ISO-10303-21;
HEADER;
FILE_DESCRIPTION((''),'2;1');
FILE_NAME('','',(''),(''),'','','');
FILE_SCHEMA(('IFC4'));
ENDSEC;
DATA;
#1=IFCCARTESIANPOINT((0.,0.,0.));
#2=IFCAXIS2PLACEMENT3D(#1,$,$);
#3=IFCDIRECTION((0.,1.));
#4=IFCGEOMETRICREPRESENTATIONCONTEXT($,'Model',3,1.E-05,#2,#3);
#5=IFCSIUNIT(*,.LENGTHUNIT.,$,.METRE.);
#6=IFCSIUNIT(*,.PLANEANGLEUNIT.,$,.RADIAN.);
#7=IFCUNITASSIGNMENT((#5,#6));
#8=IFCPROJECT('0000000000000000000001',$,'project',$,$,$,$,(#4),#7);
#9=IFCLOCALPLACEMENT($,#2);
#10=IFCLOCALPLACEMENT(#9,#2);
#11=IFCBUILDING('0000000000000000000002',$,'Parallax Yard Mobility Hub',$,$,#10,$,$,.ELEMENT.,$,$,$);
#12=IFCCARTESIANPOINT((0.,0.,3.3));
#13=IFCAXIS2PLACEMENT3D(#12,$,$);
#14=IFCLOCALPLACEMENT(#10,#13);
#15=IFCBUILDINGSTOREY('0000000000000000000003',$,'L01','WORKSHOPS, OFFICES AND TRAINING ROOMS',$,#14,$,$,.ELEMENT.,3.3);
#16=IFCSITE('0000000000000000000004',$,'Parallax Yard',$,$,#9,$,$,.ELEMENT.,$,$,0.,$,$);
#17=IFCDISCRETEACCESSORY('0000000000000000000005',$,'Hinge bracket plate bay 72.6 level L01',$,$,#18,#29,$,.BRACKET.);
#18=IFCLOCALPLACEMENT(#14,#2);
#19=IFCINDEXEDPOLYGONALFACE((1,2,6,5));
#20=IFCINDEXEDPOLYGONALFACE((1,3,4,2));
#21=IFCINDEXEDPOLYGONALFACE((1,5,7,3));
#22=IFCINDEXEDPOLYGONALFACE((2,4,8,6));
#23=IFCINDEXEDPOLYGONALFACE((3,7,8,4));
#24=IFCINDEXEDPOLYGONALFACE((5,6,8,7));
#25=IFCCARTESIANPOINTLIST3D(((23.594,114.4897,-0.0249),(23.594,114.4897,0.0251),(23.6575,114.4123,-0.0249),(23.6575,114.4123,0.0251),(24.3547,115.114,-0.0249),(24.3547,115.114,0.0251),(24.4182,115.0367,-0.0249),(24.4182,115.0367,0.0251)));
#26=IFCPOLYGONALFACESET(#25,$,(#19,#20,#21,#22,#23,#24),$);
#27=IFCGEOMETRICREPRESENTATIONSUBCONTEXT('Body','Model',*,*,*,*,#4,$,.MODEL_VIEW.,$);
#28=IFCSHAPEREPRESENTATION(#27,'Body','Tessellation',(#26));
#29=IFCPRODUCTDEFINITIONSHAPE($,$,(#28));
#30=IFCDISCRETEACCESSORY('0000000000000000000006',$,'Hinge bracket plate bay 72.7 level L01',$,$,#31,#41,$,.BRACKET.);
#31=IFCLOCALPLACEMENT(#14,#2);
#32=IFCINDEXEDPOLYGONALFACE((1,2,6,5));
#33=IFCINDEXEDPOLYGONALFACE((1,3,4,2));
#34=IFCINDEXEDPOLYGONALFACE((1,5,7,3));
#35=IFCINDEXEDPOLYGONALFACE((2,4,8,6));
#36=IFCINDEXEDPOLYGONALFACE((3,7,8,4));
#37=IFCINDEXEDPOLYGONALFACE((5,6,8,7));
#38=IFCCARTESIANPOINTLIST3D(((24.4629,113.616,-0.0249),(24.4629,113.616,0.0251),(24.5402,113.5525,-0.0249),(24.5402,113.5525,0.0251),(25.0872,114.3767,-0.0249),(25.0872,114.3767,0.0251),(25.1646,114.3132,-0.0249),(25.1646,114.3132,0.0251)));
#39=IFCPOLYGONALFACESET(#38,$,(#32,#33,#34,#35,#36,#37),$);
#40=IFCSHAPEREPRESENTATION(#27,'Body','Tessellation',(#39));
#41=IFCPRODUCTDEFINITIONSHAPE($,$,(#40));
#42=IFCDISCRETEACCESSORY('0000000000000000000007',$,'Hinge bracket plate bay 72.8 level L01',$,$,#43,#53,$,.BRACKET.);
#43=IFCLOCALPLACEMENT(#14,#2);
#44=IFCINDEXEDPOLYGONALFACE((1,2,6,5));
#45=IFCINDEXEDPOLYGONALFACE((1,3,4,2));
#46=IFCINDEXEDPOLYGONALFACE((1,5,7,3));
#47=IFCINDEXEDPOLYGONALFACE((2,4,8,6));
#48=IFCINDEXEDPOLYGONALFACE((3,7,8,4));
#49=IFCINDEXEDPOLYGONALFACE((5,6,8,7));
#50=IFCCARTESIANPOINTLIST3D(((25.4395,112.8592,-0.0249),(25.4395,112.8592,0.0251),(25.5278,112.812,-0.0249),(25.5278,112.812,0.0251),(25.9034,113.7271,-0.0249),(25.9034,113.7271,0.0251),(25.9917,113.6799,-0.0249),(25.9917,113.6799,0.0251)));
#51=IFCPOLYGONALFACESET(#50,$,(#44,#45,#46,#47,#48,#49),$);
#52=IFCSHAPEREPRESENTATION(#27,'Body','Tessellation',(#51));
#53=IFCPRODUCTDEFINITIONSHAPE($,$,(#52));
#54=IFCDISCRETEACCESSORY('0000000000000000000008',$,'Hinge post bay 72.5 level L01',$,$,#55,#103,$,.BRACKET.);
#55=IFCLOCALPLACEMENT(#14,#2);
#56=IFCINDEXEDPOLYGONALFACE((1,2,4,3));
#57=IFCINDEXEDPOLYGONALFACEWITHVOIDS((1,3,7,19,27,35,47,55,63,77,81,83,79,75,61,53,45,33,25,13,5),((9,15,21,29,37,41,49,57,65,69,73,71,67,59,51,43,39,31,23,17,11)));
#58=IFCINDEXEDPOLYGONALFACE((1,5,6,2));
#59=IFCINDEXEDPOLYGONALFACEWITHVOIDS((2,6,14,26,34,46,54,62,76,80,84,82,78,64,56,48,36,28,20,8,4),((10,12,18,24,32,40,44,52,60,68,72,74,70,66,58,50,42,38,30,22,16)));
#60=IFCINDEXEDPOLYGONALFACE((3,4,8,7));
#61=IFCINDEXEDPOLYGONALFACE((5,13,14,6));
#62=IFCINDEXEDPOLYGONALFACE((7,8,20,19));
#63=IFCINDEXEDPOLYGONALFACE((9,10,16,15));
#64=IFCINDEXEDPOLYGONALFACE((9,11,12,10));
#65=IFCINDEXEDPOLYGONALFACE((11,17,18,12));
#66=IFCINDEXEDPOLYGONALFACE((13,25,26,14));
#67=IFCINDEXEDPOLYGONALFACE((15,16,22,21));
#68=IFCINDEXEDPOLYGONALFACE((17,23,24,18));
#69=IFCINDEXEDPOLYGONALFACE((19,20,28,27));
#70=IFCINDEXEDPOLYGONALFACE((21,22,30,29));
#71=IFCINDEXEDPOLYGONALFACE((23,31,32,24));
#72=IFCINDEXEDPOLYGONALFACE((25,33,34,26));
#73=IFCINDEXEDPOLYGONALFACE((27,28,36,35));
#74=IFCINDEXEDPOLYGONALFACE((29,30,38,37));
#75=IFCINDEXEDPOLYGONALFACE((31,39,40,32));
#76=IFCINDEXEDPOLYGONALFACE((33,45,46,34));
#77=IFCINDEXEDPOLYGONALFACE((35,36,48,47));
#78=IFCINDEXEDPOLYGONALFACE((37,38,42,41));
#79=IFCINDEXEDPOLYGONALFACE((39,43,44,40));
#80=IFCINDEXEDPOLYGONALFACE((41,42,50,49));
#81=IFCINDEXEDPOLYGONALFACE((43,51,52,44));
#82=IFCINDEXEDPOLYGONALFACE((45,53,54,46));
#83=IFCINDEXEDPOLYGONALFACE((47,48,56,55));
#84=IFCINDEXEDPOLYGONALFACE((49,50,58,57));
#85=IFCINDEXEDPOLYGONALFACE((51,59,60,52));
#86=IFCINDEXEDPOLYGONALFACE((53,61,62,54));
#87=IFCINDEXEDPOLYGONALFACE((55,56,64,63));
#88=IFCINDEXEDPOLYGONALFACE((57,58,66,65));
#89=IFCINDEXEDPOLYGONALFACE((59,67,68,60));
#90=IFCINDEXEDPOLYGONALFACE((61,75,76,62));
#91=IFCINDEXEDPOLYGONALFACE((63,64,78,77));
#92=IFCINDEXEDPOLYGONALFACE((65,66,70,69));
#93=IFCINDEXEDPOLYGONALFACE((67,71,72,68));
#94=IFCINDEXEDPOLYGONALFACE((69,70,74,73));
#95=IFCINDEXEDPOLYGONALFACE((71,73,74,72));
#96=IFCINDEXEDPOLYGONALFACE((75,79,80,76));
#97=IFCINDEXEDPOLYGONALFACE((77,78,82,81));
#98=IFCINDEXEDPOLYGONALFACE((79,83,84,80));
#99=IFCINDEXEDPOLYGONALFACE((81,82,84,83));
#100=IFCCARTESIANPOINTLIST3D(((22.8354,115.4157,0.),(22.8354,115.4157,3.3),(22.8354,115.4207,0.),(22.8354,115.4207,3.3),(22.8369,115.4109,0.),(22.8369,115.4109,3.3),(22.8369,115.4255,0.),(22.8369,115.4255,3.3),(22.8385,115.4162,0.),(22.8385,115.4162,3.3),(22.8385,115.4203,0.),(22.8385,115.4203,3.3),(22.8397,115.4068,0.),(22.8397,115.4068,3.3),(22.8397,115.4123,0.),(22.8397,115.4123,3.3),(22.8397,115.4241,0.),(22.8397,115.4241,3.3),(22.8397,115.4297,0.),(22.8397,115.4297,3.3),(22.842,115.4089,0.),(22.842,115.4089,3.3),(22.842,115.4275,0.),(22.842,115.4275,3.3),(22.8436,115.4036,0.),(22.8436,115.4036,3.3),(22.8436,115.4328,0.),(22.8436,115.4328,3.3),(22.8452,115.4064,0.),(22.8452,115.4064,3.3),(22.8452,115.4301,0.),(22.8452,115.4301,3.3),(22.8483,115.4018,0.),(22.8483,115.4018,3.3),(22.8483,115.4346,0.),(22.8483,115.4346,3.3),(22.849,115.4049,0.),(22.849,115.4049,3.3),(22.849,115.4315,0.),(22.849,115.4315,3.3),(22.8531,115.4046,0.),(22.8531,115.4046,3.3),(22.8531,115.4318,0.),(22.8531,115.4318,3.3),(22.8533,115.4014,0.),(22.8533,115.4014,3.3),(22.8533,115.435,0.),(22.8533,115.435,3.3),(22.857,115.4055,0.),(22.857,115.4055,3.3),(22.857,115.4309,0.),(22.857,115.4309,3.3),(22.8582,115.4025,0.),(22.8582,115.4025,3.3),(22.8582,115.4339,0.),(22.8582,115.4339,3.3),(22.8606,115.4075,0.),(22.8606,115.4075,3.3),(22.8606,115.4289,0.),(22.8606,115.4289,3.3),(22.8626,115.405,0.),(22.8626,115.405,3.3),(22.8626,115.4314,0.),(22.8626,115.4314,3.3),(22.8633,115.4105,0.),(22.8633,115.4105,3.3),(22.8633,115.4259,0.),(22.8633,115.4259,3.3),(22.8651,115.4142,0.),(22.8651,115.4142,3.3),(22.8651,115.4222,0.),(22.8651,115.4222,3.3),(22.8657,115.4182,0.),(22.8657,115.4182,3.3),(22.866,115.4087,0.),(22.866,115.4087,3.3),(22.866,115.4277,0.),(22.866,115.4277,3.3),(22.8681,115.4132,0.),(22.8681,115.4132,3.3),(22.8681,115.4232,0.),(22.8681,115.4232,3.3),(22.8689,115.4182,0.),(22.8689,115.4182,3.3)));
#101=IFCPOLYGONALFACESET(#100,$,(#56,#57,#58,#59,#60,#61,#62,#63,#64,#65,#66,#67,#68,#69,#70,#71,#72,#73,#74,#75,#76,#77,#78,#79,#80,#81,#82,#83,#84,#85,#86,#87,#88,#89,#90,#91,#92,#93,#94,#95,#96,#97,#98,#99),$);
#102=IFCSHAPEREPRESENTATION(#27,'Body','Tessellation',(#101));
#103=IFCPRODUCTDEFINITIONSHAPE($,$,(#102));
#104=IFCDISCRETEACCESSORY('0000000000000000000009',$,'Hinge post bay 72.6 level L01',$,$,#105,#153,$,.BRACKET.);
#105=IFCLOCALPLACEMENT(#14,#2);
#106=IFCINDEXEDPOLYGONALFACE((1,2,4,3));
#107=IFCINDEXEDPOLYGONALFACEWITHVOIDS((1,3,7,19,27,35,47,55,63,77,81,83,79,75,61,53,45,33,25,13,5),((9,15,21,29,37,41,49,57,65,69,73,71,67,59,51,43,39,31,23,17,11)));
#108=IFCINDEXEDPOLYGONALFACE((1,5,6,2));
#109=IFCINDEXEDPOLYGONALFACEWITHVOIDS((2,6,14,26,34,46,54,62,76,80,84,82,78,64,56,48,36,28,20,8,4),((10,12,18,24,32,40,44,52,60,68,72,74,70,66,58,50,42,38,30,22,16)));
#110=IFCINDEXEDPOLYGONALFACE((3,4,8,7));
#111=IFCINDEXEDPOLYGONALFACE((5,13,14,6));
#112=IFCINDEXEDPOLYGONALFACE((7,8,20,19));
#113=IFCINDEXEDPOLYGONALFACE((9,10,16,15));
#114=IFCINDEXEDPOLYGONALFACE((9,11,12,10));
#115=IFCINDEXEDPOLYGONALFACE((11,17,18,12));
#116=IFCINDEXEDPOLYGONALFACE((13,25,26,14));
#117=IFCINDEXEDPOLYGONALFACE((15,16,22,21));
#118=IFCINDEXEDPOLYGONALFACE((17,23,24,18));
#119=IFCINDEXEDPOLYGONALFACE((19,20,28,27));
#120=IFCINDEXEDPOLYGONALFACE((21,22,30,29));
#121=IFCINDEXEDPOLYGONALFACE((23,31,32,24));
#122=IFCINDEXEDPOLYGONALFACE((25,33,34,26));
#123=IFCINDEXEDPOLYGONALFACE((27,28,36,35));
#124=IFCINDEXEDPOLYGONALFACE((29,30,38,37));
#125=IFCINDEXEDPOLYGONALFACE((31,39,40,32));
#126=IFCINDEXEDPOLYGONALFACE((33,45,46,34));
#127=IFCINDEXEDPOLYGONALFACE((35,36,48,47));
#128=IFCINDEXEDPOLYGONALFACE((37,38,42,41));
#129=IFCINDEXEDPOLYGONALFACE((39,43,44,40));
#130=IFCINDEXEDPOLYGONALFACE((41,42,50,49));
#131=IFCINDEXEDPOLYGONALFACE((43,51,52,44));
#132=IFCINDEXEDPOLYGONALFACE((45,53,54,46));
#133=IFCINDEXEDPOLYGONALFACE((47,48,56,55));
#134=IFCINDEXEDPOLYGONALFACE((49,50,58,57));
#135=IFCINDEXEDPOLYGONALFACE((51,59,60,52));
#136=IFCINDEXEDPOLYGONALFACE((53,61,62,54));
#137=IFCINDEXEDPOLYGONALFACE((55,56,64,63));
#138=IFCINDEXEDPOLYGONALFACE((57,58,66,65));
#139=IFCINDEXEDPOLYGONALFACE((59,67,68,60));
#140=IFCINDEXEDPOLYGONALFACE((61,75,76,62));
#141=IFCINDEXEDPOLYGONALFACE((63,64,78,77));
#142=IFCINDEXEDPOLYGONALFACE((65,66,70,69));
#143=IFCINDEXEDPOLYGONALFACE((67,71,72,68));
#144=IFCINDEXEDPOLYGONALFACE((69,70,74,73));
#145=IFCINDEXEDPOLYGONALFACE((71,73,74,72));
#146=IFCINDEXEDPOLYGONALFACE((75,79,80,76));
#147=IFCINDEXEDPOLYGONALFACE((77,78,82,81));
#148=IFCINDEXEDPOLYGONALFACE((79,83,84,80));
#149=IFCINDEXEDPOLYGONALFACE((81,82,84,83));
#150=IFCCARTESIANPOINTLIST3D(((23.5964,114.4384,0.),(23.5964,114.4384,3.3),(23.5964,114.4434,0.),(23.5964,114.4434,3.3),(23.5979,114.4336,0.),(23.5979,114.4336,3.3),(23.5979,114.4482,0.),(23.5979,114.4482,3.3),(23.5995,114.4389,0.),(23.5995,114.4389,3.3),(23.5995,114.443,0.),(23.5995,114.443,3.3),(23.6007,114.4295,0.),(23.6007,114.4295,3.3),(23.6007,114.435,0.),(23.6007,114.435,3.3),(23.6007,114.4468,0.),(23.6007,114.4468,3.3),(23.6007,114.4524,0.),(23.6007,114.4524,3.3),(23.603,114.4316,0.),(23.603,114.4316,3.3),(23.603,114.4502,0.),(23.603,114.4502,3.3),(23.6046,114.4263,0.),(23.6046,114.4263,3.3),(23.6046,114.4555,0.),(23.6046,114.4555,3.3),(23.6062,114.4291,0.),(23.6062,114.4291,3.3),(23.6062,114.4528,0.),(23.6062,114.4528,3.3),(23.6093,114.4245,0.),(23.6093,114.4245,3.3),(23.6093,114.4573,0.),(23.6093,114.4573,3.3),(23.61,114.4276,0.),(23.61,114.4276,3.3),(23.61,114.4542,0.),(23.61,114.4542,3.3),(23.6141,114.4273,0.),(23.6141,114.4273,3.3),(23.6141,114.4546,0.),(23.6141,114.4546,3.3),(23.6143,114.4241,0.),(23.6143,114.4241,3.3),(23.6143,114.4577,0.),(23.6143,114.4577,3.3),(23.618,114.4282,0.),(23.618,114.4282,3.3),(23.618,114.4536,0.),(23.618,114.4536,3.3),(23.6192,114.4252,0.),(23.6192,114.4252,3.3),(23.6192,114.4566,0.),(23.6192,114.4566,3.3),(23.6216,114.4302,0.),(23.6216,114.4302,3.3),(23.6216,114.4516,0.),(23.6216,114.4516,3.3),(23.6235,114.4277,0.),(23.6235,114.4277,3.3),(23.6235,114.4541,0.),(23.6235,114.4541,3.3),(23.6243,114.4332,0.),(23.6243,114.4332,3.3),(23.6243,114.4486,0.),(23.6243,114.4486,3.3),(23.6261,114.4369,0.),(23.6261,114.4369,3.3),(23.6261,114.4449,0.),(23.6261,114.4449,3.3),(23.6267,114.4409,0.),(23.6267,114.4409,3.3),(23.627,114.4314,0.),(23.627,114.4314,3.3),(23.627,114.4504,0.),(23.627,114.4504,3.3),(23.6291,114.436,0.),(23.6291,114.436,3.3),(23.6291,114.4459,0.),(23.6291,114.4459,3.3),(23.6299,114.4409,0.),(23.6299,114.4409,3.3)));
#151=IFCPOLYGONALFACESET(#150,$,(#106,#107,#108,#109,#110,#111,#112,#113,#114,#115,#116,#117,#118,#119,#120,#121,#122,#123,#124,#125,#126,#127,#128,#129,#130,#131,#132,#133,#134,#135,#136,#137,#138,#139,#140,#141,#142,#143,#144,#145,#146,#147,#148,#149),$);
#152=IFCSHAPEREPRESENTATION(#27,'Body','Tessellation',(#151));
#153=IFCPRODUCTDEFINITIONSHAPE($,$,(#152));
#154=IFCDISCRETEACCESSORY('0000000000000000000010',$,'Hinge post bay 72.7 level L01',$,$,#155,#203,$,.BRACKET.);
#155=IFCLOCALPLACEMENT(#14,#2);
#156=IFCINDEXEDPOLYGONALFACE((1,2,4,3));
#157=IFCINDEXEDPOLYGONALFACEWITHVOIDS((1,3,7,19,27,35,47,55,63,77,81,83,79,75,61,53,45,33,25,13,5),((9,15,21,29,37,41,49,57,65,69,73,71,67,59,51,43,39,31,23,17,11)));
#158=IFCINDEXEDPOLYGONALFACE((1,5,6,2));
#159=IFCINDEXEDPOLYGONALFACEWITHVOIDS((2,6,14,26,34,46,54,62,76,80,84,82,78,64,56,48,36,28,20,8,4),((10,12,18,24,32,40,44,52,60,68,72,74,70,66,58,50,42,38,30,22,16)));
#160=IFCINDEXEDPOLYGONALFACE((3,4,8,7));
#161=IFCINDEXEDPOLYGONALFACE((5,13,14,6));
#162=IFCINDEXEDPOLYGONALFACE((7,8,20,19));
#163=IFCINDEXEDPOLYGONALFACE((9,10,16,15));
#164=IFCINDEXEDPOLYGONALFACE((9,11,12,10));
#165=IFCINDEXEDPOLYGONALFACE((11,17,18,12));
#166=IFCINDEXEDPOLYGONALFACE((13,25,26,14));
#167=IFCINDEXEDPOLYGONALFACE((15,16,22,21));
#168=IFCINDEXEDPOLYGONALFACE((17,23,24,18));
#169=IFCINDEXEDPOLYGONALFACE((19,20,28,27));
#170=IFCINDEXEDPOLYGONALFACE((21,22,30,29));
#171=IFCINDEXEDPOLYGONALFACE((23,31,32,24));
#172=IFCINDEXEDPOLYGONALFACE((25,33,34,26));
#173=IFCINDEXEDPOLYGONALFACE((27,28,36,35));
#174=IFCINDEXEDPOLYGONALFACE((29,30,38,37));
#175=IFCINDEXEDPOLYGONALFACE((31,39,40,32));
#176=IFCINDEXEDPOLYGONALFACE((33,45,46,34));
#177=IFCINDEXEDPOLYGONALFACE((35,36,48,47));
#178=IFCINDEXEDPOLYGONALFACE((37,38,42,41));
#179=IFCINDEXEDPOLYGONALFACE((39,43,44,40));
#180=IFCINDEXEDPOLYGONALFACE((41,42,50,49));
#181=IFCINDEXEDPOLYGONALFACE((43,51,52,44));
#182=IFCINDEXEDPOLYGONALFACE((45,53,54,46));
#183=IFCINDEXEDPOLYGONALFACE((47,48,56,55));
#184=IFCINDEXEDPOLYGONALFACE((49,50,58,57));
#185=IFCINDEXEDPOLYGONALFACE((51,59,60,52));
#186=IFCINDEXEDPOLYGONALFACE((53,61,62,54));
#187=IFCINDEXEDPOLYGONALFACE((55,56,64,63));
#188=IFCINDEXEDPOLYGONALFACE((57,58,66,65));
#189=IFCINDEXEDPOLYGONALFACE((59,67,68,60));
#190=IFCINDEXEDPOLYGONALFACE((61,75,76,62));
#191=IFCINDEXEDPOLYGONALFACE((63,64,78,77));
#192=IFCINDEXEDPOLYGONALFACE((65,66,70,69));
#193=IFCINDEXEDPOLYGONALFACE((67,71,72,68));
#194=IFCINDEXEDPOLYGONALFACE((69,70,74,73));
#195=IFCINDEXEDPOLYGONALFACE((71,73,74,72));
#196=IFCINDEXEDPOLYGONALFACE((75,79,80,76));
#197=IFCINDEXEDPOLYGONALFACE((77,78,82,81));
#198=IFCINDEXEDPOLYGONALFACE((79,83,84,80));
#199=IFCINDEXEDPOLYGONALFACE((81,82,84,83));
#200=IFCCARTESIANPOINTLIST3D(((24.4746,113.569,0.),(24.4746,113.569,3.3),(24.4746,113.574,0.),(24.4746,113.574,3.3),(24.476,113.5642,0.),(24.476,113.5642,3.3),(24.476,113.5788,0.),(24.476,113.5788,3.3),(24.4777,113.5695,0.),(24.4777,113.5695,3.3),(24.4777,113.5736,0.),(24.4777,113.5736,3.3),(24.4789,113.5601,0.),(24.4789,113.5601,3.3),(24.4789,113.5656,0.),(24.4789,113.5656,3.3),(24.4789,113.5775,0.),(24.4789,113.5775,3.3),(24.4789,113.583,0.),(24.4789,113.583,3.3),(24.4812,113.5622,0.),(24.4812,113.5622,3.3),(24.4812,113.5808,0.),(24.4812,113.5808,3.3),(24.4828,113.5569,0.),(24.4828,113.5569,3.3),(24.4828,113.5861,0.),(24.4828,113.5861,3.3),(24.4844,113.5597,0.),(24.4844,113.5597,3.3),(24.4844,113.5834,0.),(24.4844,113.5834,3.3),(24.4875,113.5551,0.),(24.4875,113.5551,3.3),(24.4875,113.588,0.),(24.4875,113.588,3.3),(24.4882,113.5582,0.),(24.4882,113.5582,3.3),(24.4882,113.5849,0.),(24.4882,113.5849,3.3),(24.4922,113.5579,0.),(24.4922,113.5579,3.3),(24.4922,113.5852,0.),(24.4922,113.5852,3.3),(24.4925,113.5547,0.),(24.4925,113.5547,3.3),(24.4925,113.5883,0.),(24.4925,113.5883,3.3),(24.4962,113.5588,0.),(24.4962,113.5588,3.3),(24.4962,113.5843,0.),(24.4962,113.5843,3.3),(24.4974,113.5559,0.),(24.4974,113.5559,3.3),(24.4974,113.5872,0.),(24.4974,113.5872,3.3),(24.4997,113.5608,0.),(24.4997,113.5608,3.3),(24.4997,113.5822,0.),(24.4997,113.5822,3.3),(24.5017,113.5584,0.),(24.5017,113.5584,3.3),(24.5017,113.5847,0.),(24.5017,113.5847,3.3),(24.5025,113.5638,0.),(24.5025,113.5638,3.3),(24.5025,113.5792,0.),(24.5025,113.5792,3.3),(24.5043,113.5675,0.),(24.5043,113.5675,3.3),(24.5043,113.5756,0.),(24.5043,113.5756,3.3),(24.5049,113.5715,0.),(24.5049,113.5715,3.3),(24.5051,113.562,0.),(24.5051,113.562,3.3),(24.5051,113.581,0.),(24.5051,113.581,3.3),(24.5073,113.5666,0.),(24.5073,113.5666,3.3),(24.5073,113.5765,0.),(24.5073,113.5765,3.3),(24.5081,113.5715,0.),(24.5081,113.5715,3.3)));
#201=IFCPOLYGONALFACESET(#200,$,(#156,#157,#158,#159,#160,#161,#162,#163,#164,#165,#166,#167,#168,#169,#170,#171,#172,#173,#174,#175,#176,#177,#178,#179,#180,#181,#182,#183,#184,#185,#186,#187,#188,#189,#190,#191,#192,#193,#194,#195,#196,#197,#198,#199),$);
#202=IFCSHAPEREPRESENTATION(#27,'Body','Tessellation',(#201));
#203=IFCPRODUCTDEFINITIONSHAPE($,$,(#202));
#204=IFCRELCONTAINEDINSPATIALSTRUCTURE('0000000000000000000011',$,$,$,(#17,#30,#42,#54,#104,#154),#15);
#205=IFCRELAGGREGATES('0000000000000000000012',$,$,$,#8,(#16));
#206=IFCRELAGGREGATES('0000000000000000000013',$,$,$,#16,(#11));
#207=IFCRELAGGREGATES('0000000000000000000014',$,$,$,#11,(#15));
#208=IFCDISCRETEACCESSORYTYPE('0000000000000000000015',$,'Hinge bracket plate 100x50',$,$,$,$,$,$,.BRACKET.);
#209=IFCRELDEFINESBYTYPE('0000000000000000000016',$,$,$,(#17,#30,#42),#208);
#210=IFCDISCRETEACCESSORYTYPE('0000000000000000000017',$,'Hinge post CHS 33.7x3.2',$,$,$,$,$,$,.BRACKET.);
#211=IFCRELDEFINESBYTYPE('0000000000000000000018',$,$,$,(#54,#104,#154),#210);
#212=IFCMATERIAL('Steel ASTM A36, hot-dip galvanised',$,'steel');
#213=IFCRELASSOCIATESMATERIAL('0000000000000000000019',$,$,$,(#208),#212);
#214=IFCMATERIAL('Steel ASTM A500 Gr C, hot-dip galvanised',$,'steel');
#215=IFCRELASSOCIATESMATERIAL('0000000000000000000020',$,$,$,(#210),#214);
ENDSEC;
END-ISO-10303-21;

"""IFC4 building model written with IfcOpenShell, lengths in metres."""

from ifc_helpers import new_model, si_unit, direction, frame, origin, origin_2d, place, context, subcontext, project, spatial, rectangle, hollow_circle, extrude, material, material_profile, profile_set, type_object, element, save


model = new_model("IFC4")

# Units and contexts
model_context = context("Model", 3, precision=1e-05, world=origin(), true_north=direction((0.0, 1.0)))
body_context = subcontext(model_context, "Body", "Model", "MODEL_VIEW")
ifc_project = project(units=[si_unit("LENGTHUNIT", "METRE"), si_unit("PLANEANGLEUNIT", "RADIAN")], contexts=[model_context])

# Site, building, storey
site_placement = place(None, origin())
site = spatial("IfcSite", under=ifc_project, at=site_placement, Name="Parallax Yard", CompositionType="ELEMENT", RefElevation=0.0)
building_placement = place(site_placement, origin())
building = spatial("IfcBuilding", under=site, at=building_placement, Name="Parallax Yard Mobility Hub", CompositionType="ELEMENT")
storey_placement = place(building_placement, frame((0.0, 0.0, 3.3)))
storey = spatial("IfcBuildingStorey", under=building, at=storey_placement, Name="L01", Description="WORKSHOPS, OFFICES AND TRAINING ROOMS", CompositionType="ELEMENT", Elevation=3.3)

# Discrete accessories
ifc_material_1 = material(Name="Steel ASTM A36, hot-dip galvanised", Category="steel")
discrete_accessory_type_1 = type_object("IfcDiscreteAccessoryType", Name="Hinge bracket plate 100x50", PredefinedType="BRACKET", material=ifc_material_1)
for number, where, z_axis, x_axis, name in (
    (1, (24.0061, 114.7632, -0.0249), (0.0, 0.0, 1.0), (-0.77301, -0.634393, 0.0), "Hinge bracket plate bay 72.6 level L01"),
    (2, (24.8137, 113.9646, -0.0249), (0.0, 0.0, 1.0), (-0.634393, -0.77301, 0.0), "Hinge bracket plate bay 72.7 level L01"),
    (3, (25.7156, 113.2695, -0.0249), (0.0, 0.0, 1.0), (-0.471397, -0.881921, 0.0), "Hinge bracket plate bay 72.8 level L01"),
):
    element("IfcDiscreteAccessory", number, at=place(storey_placement, frame(where, z_axis=z_axis, x_axis=x_axis)), inside=storey, type_object=discrete_accessory_type_1, Name=name, PredefinedType="BRACKET", context=body_context, shape_type="SweptSolid", body=[
        extrude(rectangle(XDim=0.9841, YDim=0.1001, at=origin_2d()), origin(), (0.0, 0.0, 1.0), 0.05),
    ])
ifc_material_2 = material(Name="Steel ASTM A500 Gr C, hot-dip galvanised", Category="steel")
ifc_material_profile_1 = material_profile(ifc_material_2, hollow_circle(Radius=0.0168, WallThickness=0.0032, at=origin_2d()), Name="CHS 33.7x3.2")
ifc_profile_set_1 = profile_set([ifc_material_profile_1], Name="Steel ASTM A500 Gr C, hot-dip galvanised")
discrete_accessory_type_2 = type_object("IfcDiscreteAccessoryType", Name="Hinge post CHS 33.7x3.2", PredefinedType="BRACKET", material=ifc_profile_set_1)
for number, where, z_axis, x_axis, name in (
    (4, (22.8521, 115.4182, 0.0), (0.0, 0.0, 1.0), (1.0, 0.0, 0.0), "Hinge post bay 72.5 level L01"),
    (5, (23.613, 114.4409, 0.0), (0.0, 0.0, 1.0), (1.0, 0.0, 0.0), "Hinge post bay 72.6 level L01"),
    (6, (24.4912, 113.5715, 0.0), (0.0, 0.0, 1.0), (1.0, 0.0, 0.0), "Hinge post bay 72.7 level L01"),
):
    element("IfcDiscreteAccessory", number, at=place(storey_placement, frame(where, z_axis=z_axis, x_axis=x_axis)), inside=storey, type_object=discrete_accessory_type_2, Name=name, PredefinedType="BRACKET", context=body_context, shape_type="SweptSolid", body=[
        extrude(hollow_circle(Radius=0.0168, WallThickness=0.0032, at=origin_2d()), origin(), (0.0, 0.0, 1.0), 3.3),
    ])

save(model, "model.ifc")
